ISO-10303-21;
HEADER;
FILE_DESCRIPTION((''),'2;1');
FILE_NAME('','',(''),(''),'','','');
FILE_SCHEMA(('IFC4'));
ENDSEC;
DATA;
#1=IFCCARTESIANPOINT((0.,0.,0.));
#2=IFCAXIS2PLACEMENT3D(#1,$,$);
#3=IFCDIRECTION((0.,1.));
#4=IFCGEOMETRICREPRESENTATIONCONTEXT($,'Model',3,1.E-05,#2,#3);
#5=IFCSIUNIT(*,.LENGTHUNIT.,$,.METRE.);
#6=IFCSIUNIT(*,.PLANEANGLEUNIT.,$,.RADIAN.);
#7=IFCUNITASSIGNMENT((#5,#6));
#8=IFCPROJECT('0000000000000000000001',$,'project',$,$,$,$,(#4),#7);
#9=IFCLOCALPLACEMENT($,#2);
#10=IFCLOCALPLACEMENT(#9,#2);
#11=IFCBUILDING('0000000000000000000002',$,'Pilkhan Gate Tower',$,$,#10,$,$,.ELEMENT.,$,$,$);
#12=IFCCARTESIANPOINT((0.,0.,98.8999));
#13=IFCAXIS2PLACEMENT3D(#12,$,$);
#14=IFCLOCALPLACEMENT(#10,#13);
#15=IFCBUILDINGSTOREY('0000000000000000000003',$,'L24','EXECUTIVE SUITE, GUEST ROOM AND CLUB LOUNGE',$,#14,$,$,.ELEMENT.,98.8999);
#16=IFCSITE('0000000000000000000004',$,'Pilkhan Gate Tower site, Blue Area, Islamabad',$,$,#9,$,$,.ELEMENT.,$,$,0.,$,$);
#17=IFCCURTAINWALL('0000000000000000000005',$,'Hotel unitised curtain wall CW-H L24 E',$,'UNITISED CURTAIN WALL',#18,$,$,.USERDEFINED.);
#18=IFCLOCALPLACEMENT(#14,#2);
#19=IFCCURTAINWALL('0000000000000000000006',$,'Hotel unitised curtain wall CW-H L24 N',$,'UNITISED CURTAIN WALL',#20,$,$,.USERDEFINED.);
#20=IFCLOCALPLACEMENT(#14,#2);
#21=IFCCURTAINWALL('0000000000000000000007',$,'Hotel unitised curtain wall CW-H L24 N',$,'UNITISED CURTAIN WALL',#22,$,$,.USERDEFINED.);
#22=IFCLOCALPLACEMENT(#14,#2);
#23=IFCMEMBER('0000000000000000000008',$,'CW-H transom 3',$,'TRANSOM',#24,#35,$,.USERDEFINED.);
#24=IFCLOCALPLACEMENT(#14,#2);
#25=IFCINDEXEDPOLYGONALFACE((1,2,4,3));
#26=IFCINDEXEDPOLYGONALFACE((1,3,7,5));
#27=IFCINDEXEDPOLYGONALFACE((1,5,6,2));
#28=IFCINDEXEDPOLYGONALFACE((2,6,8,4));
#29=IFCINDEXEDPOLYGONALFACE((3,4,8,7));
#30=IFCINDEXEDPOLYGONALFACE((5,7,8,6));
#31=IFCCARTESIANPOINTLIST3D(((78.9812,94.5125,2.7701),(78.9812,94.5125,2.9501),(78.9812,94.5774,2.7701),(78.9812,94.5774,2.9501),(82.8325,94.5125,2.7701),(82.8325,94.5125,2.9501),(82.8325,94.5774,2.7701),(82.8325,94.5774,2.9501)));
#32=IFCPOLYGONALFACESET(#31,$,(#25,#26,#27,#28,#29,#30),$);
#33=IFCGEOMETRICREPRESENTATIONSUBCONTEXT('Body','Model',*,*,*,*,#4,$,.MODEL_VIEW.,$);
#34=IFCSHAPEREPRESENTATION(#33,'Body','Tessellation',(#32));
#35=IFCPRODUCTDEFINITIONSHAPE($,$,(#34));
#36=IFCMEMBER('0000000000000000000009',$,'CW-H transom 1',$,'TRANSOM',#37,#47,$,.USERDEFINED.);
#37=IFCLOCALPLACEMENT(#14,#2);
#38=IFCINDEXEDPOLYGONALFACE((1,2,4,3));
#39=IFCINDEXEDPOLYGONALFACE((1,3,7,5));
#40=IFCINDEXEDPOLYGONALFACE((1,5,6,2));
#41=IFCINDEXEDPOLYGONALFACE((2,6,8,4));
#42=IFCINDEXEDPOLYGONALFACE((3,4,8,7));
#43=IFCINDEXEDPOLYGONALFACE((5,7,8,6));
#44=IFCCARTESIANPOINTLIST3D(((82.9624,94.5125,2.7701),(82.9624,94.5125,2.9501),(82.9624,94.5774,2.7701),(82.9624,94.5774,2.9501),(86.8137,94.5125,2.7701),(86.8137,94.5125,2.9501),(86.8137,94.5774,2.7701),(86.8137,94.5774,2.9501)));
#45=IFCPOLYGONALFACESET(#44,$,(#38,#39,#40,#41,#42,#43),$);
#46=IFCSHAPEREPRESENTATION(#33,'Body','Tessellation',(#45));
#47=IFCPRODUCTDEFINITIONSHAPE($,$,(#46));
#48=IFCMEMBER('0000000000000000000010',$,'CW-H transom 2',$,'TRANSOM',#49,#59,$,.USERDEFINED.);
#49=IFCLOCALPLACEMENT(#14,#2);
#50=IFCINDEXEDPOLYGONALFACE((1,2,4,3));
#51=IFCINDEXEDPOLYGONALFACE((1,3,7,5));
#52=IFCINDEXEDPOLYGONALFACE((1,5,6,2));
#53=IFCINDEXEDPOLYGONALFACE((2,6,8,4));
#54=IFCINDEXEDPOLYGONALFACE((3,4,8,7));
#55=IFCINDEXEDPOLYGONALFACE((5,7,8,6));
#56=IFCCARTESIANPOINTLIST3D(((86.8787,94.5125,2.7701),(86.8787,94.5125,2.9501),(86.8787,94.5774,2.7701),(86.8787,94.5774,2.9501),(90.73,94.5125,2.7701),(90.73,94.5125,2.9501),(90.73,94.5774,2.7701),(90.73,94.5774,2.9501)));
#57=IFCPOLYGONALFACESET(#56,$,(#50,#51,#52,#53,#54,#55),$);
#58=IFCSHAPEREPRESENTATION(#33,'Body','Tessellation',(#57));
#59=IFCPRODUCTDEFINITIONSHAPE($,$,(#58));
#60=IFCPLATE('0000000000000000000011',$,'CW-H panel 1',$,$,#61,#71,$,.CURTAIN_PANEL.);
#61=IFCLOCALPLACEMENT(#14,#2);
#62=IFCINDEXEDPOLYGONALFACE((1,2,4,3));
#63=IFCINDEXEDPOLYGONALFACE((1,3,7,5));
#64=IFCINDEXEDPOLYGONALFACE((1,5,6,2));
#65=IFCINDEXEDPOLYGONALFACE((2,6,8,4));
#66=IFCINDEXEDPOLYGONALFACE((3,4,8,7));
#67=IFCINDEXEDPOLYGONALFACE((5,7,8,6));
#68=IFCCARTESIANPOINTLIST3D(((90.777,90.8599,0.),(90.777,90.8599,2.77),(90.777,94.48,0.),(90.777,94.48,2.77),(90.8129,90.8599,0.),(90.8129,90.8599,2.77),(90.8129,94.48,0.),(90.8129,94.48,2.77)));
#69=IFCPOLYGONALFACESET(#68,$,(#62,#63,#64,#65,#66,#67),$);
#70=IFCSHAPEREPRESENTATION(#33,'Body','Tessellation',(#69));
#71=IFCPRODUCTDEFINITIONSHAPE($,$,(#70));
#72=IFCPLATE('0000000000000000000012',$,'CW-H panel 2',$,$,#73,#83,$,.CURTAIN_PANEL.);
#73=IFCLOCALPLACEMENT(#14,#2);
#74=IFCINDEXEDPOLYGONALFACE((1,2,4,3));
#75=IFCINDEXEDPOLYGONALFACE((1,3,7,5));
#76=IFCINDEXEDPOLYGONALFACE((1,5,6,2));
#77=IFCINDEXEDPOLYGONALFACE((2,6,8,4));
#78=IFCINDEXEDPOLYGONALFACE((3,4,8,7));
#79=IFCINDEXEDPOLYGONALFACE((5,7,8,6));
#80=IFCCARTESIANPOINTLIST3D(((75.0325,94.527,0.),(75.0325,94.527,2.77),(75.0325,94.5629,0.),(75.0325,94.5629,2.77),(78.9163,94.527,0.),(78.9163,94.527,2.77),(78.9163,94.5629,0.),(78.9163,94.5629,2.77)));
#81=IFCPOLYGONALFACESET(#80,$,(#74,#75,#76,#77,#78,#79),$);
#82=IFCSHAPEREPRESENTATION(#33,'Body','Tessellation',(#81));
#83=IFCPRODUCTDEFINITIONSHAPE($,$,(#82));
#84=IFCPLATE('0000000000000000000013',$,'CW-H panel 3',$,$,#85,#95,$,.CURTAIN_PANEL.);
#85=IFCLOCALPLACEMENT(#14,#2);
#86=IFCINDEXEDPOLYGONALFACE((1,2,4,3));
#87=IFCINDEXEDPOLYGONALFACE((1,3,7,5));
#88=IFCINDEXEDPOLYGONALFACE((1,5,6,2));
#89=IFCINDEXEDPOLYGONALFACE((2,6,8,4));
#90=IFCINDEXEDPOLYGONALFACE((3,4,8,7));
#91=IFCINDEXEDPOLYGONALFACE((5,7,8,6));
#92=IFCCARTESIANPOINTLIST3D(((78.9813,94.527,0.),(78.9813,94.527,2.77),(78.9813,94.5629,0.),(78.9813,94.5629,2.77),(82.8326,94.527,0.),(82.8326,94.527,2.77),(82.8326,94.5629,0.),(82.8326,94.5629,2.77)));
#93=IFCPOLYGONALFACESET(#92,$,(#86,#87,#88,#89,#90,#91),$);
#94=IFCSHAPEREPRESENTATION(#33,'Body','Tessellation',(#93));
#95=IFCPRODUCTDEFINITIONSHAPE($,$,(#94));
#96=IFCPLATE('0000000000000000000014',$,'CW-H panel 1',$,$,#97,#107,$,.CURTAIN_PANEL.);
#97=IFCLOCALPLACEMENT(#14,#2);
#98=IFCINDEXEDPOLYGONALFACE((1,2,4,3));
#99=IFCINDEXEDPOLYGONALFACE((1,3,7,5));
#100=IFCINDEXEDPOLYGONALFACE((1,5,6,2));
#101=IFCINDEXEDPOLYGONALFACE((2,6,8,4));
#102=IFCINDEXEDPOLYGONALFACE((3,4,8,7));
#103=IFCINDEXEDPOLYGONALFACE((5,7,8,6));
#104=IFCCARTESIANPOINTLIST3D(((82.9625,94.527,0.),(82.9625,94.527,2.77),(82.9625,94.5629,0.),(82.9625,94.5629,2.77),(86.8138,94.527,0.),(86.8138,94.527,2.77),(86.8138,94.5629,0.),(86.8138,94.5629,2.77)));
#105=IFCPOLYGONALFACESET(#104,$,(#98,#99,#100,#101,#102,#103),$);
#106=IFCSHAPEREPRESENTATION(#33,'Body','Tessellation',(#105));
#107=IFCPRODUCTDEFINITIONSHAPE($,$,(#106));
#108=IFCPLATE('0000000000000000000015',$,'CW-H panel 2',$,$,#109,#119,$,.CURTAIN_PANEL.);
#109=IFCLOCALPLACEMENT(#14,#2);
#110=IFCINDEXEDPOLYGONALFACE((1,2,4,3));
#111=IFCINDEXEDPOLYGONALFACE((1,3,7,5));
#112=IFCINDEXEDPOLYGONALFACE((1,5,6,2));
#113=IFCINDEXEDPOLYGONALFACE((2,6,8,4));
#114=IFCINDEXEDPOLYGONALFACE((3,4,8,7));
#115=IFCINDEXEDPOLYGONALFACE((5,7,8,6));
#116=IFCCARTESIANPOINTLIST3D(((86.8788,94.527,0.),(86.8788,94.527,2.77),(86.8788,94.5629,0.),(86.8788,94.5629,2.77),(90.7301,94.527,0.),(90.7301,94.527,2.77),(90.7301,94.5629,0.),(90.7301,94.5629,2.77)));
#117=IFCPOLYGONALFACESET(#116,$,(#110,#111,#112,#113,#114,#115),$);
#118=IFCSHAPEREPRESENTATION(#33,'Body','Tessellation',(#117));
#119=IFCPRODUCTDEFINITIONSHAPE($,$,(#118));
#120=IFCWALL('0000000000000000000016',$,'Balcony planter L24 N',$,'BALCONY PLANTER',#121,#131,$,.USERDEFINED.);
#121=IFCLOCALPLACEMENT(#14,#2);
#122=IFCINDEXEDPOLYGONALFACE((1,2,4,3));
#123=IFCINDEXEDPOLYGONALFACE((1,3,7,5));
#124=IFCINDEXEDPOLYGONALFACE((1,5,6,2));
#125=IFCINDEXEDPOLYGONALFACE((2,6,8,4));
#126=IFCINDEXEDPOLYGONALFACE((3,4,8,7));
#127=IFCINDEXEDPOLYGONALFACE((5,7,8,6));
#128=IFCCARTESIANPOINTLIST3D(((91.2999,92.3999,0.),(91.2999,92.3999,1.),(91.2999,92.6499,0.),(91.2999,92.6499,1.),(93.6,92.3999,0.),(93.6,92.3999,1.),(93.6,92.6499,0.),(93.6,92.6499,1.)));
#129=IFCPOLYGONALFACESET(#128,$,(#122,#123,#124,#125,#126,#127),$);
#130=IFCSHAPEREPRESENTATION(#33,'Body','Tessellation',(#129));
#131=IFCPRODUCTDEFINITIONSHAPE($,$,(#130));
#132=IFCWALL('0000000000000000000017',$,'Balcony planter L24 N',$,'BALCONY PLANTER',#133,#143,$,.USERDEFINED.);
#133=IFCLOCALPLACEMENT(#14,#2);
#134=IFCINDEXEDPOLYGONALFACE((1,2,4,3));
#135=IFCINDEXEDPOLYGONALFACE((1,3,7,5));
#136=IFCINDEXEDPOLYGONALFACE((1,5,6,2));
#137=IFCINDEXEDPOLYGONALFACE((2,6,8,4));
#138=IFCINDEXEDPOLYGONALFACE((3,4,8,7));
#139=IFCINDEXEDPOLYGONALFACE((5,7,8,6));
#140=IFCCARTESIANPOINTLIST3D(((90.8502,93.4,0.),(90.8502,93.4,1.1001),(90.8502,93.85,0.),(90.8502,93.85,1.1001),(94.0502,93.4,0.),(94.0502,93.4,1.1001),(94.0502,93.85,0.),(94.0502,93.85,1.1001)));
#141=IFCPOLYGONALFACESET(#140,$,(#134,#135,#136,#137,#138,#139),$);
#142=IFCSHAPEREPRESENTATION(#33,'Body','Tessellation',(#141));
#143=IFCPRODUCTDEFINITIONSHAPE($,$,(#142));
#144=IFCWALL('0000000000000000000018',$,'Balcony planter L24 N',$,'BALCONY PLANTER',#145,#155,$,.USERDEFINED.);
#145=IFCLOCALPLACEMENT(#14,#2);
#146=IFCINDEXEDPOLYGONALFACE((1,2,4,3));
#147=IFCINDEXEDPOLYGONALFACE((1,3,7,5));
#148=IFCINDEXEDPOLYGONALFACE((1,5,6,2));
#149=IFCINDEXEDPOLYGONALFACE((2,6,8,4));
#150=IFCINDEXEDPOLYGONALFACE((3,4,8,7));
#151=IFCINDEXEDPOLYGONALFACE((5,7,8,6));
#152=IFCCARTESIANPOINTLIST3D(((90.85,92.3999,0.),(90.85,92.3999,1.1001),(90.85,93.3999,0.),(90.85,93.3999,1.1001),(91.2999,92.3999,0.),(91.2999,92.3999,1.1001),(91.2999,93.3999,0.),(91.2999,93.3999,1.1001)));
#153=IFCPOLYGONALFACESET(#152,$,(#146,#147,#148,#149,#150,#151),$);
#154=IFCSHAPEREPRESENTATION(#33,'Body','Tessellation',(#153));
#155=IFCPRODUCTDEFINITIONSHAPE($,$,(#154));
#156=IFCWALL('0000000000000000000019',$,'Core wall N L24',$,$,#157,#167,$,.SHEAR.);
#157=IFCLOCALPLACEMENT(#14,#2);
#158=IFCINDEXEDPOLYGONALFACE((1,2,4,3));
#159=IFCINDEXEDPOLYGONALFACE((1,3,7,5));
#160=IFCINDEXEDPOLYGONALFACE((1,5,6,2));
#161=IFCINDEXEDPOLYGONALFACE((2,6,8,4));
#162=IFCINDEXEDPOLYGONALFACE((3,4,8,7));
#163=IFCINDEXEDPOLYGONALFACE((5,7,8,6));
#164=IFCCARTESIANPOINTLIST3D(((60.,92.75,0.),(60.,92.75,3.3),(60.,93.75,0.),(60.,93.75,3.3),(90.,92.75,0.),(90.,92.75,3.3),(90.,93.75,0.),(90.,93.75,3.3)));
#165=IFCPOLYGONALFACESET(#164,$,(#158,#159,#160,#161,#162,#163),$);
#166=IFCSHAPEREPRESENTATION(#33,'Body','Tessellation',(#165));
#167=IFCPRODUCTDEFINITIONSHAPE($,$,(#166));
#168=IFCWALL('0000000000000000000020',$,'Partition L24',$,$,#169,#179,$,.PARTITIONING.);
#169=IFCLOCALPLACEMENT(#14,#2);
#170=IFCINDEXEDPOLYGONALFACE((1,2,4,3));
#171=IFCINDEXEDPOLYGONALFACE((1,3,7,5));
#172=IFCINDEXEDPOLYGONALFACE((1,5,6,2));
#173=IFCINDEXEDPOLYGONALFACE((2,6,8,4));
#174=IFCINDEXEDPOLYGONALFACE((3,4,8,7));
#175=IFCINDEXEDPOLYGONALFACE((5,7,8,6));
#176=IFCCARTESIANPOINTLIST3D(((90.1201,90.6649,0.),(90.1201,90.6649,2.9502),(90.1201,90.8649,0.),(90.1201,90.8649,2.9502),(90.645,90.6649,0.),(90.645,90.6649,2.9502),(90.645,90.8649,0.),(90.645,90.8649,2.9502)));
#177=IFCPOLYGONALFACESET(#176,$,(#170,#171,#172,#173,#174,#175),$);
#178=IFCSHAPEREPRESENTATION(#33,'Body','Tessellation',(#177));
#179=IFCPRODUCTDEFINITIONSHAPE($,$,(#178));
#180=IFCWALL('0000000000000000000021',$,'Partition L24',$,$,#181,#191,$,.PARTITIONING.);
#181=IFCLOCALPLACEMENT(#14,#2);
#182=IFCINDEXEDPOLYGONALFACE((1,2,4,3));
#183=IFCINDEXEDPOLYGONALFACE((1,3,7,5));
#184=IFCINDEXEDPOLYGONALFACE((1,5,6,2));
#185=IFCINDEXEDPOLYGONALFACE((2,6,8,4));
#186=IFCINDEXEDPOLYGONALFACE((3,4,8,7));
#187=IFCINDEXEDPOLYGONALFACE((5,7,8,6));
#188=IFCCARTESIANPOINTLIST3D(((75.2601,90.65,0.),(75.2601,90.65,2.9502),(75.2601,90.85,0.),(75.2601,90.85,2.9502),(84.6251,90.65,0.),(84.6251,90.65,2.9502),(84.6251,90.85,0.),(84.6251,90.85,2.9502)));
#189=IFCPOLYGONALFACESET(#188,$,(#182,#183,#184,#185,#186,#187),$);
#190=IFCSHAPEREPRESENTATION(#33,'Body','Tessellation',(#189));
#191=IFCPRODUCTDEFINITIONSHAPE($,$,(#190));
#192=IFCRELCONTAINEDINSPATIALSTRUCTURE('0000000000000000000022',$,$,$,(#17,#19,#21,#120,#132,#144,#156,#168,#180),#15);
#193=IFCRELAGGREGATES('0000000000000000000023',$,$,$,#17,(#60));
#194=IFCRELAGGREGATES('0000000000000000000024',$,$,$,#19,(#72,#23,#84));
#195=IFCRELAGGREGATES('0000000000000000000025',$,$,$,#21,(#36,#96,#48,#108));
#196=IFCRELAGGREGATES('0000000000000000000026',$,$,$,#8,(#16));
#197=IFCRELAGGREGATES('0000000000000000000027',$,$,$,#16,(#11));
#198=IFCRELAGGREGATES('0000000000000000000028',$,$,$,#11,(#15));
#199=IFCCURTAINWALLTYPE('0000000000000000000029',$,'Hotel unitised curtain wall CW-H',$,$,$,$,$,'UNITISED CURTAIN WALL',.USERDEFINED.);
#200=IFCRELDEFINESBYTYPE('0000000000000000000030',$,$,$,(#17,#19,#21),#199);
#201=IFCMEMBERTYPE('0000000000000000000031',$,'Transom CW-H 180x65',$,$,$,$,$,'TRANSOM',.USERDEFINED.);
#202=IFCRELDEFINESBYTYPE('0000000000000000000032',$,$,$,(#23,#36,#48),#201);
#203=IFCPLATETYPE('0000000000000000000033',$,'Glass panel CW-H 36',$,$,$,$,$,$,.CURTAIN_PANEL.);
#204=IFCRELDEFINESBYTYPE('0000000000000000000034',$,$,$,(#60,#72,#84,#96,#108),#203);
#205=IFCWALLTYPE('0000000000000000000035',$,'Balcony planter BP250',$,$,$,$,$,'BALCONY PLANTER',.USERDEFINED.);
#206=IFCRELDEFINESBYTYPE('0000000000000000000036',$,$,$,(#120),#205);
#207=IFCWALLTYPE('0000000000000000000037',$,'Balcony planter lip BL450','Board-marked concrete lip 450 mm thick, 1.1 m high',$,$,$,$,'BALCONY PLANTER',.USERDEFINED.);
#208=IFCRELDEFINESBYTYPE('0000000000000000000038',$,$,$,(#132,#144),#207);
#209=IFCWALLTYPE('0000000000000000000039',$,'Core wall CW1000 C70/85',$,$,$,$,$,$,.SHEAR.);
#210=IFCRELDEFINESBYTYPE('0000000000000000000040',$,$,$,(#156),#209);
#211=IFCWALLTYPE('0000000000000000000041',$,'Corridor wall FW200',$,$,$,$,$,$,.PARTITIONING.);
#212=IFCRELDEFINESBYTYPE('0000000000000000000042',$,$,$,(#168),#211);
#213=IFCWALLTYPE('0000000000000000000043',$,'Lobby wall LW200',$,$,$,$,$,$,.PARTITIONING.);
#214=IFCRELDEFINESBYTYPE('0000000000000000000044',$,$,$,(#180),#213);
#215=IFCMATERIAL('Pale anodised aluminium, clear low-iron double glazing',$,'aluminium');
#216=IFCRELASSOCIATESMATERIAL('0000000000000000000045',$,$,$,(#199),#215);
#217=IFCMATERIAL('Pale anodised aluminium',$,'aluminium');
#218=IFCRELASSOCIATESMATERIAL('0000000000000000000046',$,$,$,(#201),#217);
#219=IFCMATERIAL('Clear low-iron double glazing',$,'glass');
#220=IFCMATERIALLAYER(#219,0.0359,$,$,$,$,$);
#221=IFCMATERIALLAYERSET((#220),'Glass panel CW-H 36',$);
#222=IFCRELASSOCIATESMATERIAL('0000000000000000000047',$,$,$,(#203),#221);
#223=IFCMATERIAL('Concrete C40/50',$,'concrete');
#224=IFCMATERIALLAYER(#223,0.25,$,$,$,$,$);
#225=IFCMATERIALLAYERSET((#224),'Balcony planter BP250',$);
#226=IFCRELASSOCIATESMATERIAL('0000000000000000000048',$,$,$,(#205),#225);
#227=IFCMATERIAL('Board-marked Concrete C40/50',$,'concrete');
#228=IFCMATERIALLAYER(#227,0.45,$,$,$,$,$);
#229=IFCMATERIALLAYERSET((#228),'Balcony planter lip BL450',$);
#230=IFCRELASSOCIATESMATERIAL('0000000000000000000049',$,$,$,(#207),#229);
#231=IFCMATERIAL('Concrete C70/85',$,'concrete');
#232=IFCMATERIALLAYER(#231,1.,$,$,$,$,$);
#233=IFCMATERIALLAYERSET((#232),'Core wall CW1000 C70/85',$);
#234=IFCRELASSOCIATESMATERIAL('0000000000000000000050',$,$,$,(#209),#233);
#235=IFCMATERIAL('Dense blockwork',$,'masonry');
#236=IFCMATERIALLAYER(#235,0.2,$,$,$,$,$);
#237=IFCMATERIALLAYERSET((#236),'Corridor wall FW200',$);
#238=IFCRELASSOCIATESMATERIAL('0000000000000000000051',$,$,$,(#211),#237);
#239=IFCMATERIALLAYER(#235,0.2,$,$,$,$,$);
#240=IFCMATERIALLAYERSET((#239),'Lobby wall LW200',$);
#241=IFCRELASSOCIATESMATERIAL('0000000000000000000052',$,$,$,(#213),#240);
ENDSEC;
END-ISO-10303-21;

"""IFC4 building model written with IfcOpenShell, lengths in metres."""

from ifc_helpers import new_model, si_unit, direction, frame, frame_2d, origin, origin_2d, place, context, subcontext, project, spatial, rectangle, extrude, material, layer, layer_set, material_profile, profile_set, type_object, element, aggregate, save


model = new_model("IFC4")

# Units and contexts
model_context = context("Model", 3, precision=1e-05, world=origin(), true_north=direction((0.0, 1.0)))
body_context = subcontext(model_context, "Body", "Model", "MODEL_VIEW")
ifc_project = project(units=[si_unit("LENGTHUNIT", "METRE"), si_unit("PLANEANGLEUNIT", "RADIAN")], contexts=[model_context])

# Site, building, storey
site_placement = place(None, origin())
site = spatial("IfcSite", under=ifc_project, at=site_placement, Name="Pilkhan Gate Tower site, Blue Area, Islamabad", CompositionType="ELEMENT", RefElevation=0.0)
building_placement = place(site_placement, origin())
building = spatial("IfcBuilding", under=site, at=building_placement, Name="Pilkhan Gate Tower", CompositionType="ELEMENT")
storey_placement = place(building_placement, frame((0.0, 0.0, 98.8999)))
storey = spatial("IfcBuildingStorey", under=building, at=storey_placement, Name="L24", Description="EXECUTIVE SUITE, GUEST ROOM AND CLUB LOUNGE", CompositionType="ELEMENT", Elevation=98.8999)

# Shared definitions
ifc_material_1 = material(Name="Pale anodised aluminium, clear low-iron double glazing", Category="aluminium")
curtain_wall_type = type_object("IfcCurtainWallType", Name="Hotel unitised curtain wall CW-H", ElementType="UNITISED CURTAIN WALL", PredefinedType="USERDEFINED", material=ifc_material_1)
ifc_material_2 = material(Name="Pale anodised aluminium", Category="aluminium")

# Curtain walls
curtain_wall_1_placement = place(storey_placement, origin())
curtain_wall_1 = element("IfcCurtainWall", 1, at=curtain_wall_1_placement, inside=storey, type_object=curtain_wall_type, Name="Hotel unitised curtain wall CW-H L24 E", ObjectType="UNITISED CURTAIN WALL", PredefinedType="USERDEFINED")
curtain_wall_2_placement = place(storey_placement, origin())
curtain_wall_2 = element("IfcCurtainWall", 2, at=curtain_wall_2_placement, inside=storey, type_object=curtain_wall_type, Name="Hotel unitised curtain wall CW-H L24 N", ObjectType="UNITISED CURTAIN WALL", PredefinedType="USERDEFINED")
curtain_wall_3_placement = place(storey_placement, origin())
curtain_wall_3 = element("IfcCurtainWall", 3, at=curtain_wall_3_placement, inside=storey, type_object=curtain_wall_type, Name="Hotel unitised curtain wall CW-H L24 N", ObjectType="UNITISED CURTAIN WALL", PredefinedType="USERDEFINED")

# Members
ifc_material_profile_1 = material_profile(ifc_material_2, rectangle(XDim=0.0649, YDim=0.1799, at=origin_2d()), Name="Transom 180x65")
ifc_profile_set_1 = profile_set([ifc_material_profile_1], Name="Pale anodised aluminium")
member_type_1 = type_object("IfcMemberType", Name="Transom CW-H 180x65", ElementType="TRANSOM", PredefinedType="USERDEFINED", material=ifc_profile_set_1)
member_1_placement = place(storey_placement, frame((78.9812, 94.5449, 2.8601), z_axis=(1.0, 0.0, 0.0), x_axis=(0.0, 1.0, 0.0)))
member_1 = element("IfcMember", 4, at=member_1_placement, type_object=member_type_1, Name="CW-H transom 3", ObjectType="TRANSOM", PredefinedType="USERDEFINED", context=body_context, shape_type="SweptSolid", body=[
    extrude(rectangle(XDim=0.0649, YDim=0.1799, at=origin_2d()), origin(), (0.0, 0.0, 1.0), 3.8513),
])
member_2_placement = place(storey_placement, frame((82.9624, 94.5449, 2.8601), z_axis=(1.0, 0.0, 0.0), x_axis=(0.0, 1.0, 0.0)))
member_2 = element("IfcMember", 5, at=member_2_placement, type_object=member_type_1, Name="CW-H transom 1", ObjectType="TRANSOM", PredefinedType="USERDEFINED", context=body_context, shape_type="SweptSolid", body=[
    extrude(rectangle(XDim=0.0649, YDim=0.1799, at=origin_2d()), origin(), (0.0, 0.0, 1.0), 3.8513),
])
member_3_placement = place(storey_placement, frame((86.8787, 94.5449, 2.8601), z_axis=(1.0, 0.0, 0.0), x_axis=(0.0, 1.0, 0.0)))
member_3 = element("IfcMember", 6, at=member_3_placement, type_object=member_type_1, Name="CW-H transom 2", ObjectType="TRANSOM", PredefinedType="USERDEFINED", context=body_context, shape_type="SweptSolid", body=[
    extrude(rectangle(XDim=0.0649, YDim=0.1799, at=origin_2d()), origin(), (0.0, 0.0, 1.0), 3.8513),
])

# Plates
ifc_material_3 = material(Name="Clear low-iron double glazing", Category="glass")
ifc_layer_1 = layer(ifc_material_3, 0.0359)
ifc_layer_set_1 = layer_set([ifc_layer_1], Name="Glass panel CW-H 36")
plate_type = type_object("IfcPlateType", Name="Glass panel CW-H 36", PredefinedType="CURTAIN_PANEL", material=ifc_layer_set_1)
plate_1_placement = place(storey_placement, frame((90.7949, 92.6699, 0.0), z_axis=(0.0, 0.0, 1.0), x_axis=(0.0, 1.0, 0.0)))
plate_1 = element("IfcPlate", 7, at=plate_1_placement, type_object=plate_type, Name="CW-H panel 1", PredefinedType="CURTAIN_PANEL", context=body_context, shape_type="SweptSolid", body=[
    extrude(rectangle(XDim=3.6201, YDim=0.0359, at=origin_2d()), origin(), (0.0, 0.0, 1.0), 2.77),
])
aggregate(curtain_wall_1, [plate_1])
plate_2_placement = place(storey_placement, frame((76.9744, 94.5449, 0.0), z_axis=(0.0, 0.0, 1.0), x_axis=(1.0, 0.0, 0.0)))
plate_2 = element("IfcPlate", 8, at=plate_2_placement, type_object=plate_type, Name="CW-H panel 2", PredefinedType="CURTAIN_PANEL", context=body_context, shape_type="SweptSolid", body=[
    extrude(rectangle(XDim=3.8838, YDim=0.0359, at=origin_2d()), origin(), (0.0, 0.0, 1.0), 2.77),
])
plate_3_placement = place(storey_placement, frame((80.907, 94.5449, 0.0), z_axis=(0.0, 0.0, 1.0), x_axis=(1.0, 0.0, 0.0)))
plate_3 = element("IfcPlate", 9, at=plate_3_placement, type_object=plate_type, Name="CW-H panel 3", PredefinedType="CURTAIN_PANEL", context=body_context, shape_type="SweptSolid", body=[
    extrude(rectangle(XDim=3.8513, YDim=0.0359, at=origin_2d()), origin(), (0.0, 0.0, 1.0), 2.77),
])
aggregate(curtain_wall_2, [plate_2, member_1, plate_3])
plate_4_placement = place(storey_placement, frame((84.8882, 94.5449, 0.0), z_axis=(0.0, 0.0, 1.0), x_axis=(1.0, 0.0, 0.0)))
plate_4 = element("IfcPlate", 10, at=plate_4_placement, type_object=plate_type, Name="CW-H panel 1", PredefinedType="CURTAIN_PANEL", context=body_context, shape_type="SweptSolid", body=[
    extrude(rectangle(XDim=3.8513, YDim=0.0359, at=origin_2d()), origin(), (0.0, 0.0, 1.0), 2.77),
])
plate_5_placement = place(storey_placement, frame((88.8044, 94.5449, 0.0), z_axis=(0.0, 0.0, 1.0), x_axis=(1.0, 0.0, 0.0)))
plate_5 = element("IfcPlate", 11, at=plate_5_placement, type_object=plate_type, Name="CW-H panel 2", PredefinedType="CURTAIN_PANEL", context=body_context, shape_type="SweptSolid", body=[
    extrude(rectangle(XDim=3.8513, YDim=0.0359, at=origin_2d()), origin(), (0.0, 0.0, 1.0), 2.77),
])
aggregate(curtain_wall_3, [member_2, plate_4, member_3, plate_5])

# Walls
ifc_material_4 = material(Name="Concrete C40/50", Category="concrete")
ifc_layer_2 = layer(ifc_material_4, 0.25)
ifc_layer_set_2 = layer_set([ifc_layer_2], Name="Balcony planter BP250")
wall_type_1 = type_object("IfcWallType", Name="Balcony planter BP250", ElementType="BALCONY PLANTER", PredefinedType="USERDEFINED", material=ifc_layer_set_2)
wall_1_placement = place(storey_placement, frame((91.3, 92.5249, 0.0), z_axis=(0.0, 0.0, 1.0), x_axis=(1.0, 0.0, 0.0)))
element("IfcWall", 12, at=wall_1_placement, inside=storey, type_object=wall_type_1, Name="Balcony planter L24 N", ObjectType="BALCONY PLANTER", PredefinedType="USERDEFINED", context=body_context, shape_type="SweptSolid", body=[
    extrude(rectangle(XDim=2.3, YDim=0.25, at=frame_2d((1.1499, 0.0))), origin(), (0.0, 0.0, 1.0), 1.0),
])
ifc_material_5 = material(Name="Board-marked Concrete C40/50", Category="concrete")
ifc_layer_3 = layer(ifc_material_5, 0.45)
ifc_layer_set_3 = layer_set([ifc_layer_3], Name="Balcony planter lip BL450")
wall_type_2 = type_object("IfcWallType", Name="Balcony planter lip BL450", Description="Board-marked concrete lip 450 mm thick, 1.1 m high", ElementType="BALCONY PLANTER", PredefinedType="USERDEFINED", material=ifc_layer_set_3)
wall_2_placement = place(storey_placement, frame((90.8501, 93.625, 0.0), z_axis=(0.0, 0.0, 1.0), x_axis=(1.0, 0.0, 0.0)))
element("IfcWall", 13, at=wall_2_placement, inside=storey, type_object=wall_type_2, Name="Balcony planter L24 N", ObjectType="BALCONY PLANTER", PredefinedType="USERDEFINED", context=body_context, shape_type="SweptSolid", body=[
    extrude(rectangle(XDim=3.2, YDim=0.45, at=frame_2d((1.6001, 0.0))), origin(), (0.0, 0.0, 1.0), 1.1001),
])
wall_3_placement = place(storey_placement, frame((91.075, 92.3999, 0.0), z_axis=(0.0, 0.0, 1.0), x_axis=(0.0, 1.0, 0.0)))
element("IfcWall", 14, at=wall_3_placement, inside=storey, type_object=wall_type_2, Name="Balcony planter L24 N", ObjectType="BALCONY PLANTER", PredefinedType="USERDEFINED", context=body_context, shape_type="SweptSolid", body=[
    extrude(rectangle(XDim=1.0, YDim=0.45, at=frame_2d((0.5, 0.0))), origin(), (0.0, 0.0, 1.0), 1.1001),
])
ifc_material_6 = material(Name="Concrete C70/85", Category="concrete")
ifc_layer_4 = layer(ifc_material_6, 1.0)
ifc_layer_set_4 = layer_set([ifc_layer_4], Name="Core wall CW1000 C70/85")
wall_type_3 = type_object("IfcWallType", Name="Core wall CW1000 C70/85", PredefinedType="SHEAR", material=ifc_layer_set_4)
wall_4_placement = place(storey_placement, frame((90.0, 93.25, 0.0), z_axis=(0.0, 0.0, 1.0), x_axis=(-1.0, 0.0, 0.0)))
element("IfcWall", 15, at=wall_4_placement, inside=storey, type_object=wall_type_3, Name="Core wall N L24", PredefinedType="SHEAR", context=body_context, shape_type="SweptSolid", body=[
    extrude(rectangle(XDim=30.0, YDim=1.0, at=frame_2d((15.0, 0.0))), origin(), (0.0, 0.0, 1.0), 3.3),
])
ifc_material_7 = material(Name="Dense blockwork", Category="masonry")
ifc_layer_5 = layer(ifc_material_7, 0.2)
ifc_layer_set_5 = layer_set([ifc_layer_5], Name="Corridor wall FW200")
wall_type_4 = type_object("IfcWallType", Name="Corridor wall FW200", PredefinedType="PARTITIONING", material=ifc_layer_set_5)
wall_5_placement = place(storey_placement, frame((90.1201, 90.7649, 0.0), z_axis=(0.0, 0.0, 1.0), x_axis=(1.0, 0.0, 0.0)))
element("IfcWall", 16, at=wall_5_placement, inside=storey, type_object=wall_type_4, Name="Partition L24", PredefinedType="PARTITIONING", context=body_context, shape_type="SweptSolid", body=[
    extrude(rectangle(XDim=0.5249, YDim=0.2, at=frame_2d((0.2625, 0.0))), origin(), (0.0, 0.0, 1.0), 2.9502),
])

# Wall
ifc_layer_6 = layer(ifc_material_7, 0.2)
ifc_layer_set_6 = layer_set([ifc_layer_6], Name="Lobby wall LW200")
wall_type_5 = type_object("IfcWallType", Name="Lobby wall LW200", PredefinedType="PARTITIONING", material=ifc_layer_set_6)
wall_6_placement = place(storey_placement, frame((75.26, 90.75, 0.0), z_axis=(0.0, 0.0, 1.0), x_axis=(1.0, 0.0, 0.0)))
element("IfcWall", 17, at=wall_6_placement, inside=storey, type_object=wall_type_5, Name="Partition L24", PredefinedType="PARTITIONING", context=body_context, shape_type="SweptSolid", body=[
    extrude(rectangle(XDim=9.365, YDim=0.2, at=frame_2d((4.6826, 0.0))), origin(), (0.0, 0.0, 1.0), 2.9502),
])

save(model, "model.ifc")
